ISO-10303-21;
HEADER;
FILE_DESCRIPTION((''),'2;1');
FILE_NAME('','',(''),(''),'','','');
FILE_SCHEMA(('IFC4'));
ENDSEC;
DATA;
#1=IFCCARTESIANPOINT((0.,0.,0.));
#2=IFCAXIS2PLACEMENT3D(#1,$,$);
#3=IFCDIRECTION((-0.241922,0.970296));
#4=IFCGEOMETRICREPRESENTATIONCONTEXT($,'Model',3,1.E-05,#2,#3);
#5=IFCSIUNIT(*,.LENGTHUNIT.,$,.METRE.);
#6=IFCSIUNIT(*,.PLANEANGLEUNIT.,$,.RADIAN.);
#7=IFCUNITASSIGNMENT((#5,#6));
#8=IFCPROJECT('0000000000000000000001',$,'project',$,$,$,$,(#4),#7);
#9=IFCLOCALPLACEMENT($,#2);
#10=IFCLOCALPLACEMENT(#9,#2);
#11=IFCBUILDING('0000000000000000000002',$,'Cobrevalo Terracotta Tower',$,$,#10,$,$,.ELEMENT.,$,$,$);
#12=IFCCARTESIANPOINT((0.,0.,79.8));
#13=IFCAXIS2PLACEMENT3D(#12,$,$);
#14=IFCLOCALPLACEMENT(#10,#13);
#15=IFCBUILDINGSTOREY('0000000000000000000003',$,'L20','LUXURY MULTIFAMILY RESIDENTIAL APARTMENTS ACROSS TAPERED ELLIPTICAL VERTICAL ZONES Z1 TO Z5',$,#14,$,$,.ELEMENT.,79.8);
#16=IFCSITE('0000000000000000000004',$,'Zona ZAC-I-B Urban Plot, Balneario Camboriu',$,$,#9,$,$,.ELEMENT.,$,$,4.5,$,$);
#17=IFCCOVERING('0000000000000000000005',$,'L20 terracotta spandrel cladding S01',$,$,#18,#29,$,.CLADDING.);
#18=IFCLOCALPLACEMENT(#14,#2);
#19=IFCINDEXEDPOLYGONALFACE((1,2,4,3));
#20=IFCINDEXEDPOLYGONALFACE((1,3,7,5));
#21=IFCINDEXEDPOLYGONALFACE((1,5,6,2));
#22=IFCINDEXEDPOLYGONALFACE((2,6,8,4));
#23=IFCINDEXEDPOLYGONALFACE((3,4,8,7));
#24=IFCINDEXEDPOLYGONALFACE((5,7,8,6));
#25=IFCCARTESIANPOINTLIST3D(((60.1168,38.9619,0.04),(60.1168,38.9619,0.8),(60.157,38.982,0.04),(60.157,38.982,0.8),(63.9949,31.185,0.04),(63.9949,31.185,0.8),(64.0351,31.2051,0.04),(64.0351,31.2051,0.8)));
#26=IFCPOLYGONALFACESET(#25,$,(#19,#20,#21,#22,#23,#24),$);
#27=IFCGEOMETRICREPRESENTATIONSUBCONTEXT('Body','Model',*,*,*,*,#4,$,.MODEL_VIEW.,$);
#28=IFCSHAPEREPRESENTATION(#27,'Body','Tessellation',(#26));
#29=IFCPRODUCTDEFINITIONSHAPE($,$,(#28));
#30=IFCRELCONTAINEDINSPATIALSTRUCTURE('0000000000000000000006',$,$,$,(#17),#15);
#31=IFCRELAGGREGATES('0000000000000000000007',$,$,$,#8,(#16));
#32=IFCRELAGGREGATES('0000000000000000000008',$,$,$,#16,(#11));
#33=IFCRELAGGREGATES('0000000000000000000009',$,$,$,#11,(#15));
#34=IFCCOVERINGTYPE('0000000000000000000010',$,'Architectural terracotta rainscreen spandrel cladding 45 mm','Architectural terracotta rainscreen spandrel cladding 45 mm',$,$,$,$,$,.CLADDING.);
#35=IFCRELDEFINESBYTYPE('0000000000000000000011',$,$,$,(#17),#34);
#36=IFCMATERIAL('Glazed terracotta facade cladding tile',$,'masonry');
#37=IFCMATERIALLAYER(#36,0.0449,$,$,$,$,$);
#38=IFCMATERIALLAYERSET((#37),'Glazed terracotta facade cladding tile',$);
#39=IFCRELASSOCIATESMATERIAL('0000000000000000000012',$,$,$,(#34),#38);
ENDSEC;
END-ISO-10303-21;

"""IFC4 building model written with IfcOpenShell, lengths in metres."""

from ifc_helpers import new_model, si_unit, direction, frame, origin, origin_2d, place, context, subcontext, project, spatial, rectangle, extrude, source, transform, mapped, material, layer, layer_set, type_object, element, save


model = new_model("IFC4")

# Units and contexts
model_context = context("Model", 3, precision=1e-05, world=origin(), true_north=direction((-0.241922, 0.970296)))
body_context = subcontext(model_context, "Body", "Model", "MODEL_VIEW")
ifc_project = project(units=[si_unit("LENGTHUNIT", "METRE"), si_unit("PLANEANGLEUNIT", "RADIAN")], contexts=[model_context])

# Site, building, storey
site_placement = place(None, origin())
site = spatial("IfcSite", under=ifc_project, at=site_placement, Name="Zona ZAC-I-B Urban Plot, Balneario Camboriu", CompositionType="ELEMENT", RefElevation=4.5)
building_placement = place(site_placement, origin())
building = spatial("IfcBuilding", under=site, at=building_placement, Name="Cobrevalo Terracotta Tower", CompositionType="ELEMENT")
storey_placement = place(building_placement, frame((0.0, 0.0, 79.8)))
storey = spatial("IfcBuildingStorey", under=building, at=storey_placement, Name="L20", Description="LUXURY MULTIFAMILY RESIDENTIAL APARTMENTS ACROSS TAPERED ELLIPTICAL VERTICAL ZONES Z1 TO Z5", CompositionType="ELEMENT", Elevation=79.8)

# Covering
ifc_material_1 = material(Name="Glazed terracotta facade cladding tile", Category="masonry")
ifc_layer_1 = layer(ifc_material_1, 0.0449)
ifc_layer_set_1 = layer_set([ifc_layer_1], Name="Glazed terracotta facade cladding tile")
covering_type = type_object("IfcCoveringType", Name="Architectural terracotta rainscreen spandrel cladding 45 mm", Description="Architectural terracotta rainscreen spandrel cladding 45 mm", PredefinedType="CLADDING", material=ifc_layer_set_1)
shared_shape_1 = source(origin(), body_context, "Body", "SweptSolid", [
    extrude(rectangle(XDim=8.6902, YDim=0.0449, at=origin_2d()), origin(), (0.0, 0.0, 1.0), 0.76),
])
covering_placement = place(storey_placement, frame((62.0759, 35.0835, 0.04), z_axis=(0.0, 0.0, 1.0), x_axis=(-0.446262, 0.894902, 0.0)))
element("IfcCovering", 1, at=covering_placement, inside=storey, type_object=covering_type, Name="L20 terracotta spandrel cladding S01", PredefinedType="CLADDING", context=body_context, shape_type="MappedRepresentation", body=[
    mapped(shared_shape_1, transform((0.0, 0.0, 0.0), scale=1.0)),
])

save(model, "model.ifc")
